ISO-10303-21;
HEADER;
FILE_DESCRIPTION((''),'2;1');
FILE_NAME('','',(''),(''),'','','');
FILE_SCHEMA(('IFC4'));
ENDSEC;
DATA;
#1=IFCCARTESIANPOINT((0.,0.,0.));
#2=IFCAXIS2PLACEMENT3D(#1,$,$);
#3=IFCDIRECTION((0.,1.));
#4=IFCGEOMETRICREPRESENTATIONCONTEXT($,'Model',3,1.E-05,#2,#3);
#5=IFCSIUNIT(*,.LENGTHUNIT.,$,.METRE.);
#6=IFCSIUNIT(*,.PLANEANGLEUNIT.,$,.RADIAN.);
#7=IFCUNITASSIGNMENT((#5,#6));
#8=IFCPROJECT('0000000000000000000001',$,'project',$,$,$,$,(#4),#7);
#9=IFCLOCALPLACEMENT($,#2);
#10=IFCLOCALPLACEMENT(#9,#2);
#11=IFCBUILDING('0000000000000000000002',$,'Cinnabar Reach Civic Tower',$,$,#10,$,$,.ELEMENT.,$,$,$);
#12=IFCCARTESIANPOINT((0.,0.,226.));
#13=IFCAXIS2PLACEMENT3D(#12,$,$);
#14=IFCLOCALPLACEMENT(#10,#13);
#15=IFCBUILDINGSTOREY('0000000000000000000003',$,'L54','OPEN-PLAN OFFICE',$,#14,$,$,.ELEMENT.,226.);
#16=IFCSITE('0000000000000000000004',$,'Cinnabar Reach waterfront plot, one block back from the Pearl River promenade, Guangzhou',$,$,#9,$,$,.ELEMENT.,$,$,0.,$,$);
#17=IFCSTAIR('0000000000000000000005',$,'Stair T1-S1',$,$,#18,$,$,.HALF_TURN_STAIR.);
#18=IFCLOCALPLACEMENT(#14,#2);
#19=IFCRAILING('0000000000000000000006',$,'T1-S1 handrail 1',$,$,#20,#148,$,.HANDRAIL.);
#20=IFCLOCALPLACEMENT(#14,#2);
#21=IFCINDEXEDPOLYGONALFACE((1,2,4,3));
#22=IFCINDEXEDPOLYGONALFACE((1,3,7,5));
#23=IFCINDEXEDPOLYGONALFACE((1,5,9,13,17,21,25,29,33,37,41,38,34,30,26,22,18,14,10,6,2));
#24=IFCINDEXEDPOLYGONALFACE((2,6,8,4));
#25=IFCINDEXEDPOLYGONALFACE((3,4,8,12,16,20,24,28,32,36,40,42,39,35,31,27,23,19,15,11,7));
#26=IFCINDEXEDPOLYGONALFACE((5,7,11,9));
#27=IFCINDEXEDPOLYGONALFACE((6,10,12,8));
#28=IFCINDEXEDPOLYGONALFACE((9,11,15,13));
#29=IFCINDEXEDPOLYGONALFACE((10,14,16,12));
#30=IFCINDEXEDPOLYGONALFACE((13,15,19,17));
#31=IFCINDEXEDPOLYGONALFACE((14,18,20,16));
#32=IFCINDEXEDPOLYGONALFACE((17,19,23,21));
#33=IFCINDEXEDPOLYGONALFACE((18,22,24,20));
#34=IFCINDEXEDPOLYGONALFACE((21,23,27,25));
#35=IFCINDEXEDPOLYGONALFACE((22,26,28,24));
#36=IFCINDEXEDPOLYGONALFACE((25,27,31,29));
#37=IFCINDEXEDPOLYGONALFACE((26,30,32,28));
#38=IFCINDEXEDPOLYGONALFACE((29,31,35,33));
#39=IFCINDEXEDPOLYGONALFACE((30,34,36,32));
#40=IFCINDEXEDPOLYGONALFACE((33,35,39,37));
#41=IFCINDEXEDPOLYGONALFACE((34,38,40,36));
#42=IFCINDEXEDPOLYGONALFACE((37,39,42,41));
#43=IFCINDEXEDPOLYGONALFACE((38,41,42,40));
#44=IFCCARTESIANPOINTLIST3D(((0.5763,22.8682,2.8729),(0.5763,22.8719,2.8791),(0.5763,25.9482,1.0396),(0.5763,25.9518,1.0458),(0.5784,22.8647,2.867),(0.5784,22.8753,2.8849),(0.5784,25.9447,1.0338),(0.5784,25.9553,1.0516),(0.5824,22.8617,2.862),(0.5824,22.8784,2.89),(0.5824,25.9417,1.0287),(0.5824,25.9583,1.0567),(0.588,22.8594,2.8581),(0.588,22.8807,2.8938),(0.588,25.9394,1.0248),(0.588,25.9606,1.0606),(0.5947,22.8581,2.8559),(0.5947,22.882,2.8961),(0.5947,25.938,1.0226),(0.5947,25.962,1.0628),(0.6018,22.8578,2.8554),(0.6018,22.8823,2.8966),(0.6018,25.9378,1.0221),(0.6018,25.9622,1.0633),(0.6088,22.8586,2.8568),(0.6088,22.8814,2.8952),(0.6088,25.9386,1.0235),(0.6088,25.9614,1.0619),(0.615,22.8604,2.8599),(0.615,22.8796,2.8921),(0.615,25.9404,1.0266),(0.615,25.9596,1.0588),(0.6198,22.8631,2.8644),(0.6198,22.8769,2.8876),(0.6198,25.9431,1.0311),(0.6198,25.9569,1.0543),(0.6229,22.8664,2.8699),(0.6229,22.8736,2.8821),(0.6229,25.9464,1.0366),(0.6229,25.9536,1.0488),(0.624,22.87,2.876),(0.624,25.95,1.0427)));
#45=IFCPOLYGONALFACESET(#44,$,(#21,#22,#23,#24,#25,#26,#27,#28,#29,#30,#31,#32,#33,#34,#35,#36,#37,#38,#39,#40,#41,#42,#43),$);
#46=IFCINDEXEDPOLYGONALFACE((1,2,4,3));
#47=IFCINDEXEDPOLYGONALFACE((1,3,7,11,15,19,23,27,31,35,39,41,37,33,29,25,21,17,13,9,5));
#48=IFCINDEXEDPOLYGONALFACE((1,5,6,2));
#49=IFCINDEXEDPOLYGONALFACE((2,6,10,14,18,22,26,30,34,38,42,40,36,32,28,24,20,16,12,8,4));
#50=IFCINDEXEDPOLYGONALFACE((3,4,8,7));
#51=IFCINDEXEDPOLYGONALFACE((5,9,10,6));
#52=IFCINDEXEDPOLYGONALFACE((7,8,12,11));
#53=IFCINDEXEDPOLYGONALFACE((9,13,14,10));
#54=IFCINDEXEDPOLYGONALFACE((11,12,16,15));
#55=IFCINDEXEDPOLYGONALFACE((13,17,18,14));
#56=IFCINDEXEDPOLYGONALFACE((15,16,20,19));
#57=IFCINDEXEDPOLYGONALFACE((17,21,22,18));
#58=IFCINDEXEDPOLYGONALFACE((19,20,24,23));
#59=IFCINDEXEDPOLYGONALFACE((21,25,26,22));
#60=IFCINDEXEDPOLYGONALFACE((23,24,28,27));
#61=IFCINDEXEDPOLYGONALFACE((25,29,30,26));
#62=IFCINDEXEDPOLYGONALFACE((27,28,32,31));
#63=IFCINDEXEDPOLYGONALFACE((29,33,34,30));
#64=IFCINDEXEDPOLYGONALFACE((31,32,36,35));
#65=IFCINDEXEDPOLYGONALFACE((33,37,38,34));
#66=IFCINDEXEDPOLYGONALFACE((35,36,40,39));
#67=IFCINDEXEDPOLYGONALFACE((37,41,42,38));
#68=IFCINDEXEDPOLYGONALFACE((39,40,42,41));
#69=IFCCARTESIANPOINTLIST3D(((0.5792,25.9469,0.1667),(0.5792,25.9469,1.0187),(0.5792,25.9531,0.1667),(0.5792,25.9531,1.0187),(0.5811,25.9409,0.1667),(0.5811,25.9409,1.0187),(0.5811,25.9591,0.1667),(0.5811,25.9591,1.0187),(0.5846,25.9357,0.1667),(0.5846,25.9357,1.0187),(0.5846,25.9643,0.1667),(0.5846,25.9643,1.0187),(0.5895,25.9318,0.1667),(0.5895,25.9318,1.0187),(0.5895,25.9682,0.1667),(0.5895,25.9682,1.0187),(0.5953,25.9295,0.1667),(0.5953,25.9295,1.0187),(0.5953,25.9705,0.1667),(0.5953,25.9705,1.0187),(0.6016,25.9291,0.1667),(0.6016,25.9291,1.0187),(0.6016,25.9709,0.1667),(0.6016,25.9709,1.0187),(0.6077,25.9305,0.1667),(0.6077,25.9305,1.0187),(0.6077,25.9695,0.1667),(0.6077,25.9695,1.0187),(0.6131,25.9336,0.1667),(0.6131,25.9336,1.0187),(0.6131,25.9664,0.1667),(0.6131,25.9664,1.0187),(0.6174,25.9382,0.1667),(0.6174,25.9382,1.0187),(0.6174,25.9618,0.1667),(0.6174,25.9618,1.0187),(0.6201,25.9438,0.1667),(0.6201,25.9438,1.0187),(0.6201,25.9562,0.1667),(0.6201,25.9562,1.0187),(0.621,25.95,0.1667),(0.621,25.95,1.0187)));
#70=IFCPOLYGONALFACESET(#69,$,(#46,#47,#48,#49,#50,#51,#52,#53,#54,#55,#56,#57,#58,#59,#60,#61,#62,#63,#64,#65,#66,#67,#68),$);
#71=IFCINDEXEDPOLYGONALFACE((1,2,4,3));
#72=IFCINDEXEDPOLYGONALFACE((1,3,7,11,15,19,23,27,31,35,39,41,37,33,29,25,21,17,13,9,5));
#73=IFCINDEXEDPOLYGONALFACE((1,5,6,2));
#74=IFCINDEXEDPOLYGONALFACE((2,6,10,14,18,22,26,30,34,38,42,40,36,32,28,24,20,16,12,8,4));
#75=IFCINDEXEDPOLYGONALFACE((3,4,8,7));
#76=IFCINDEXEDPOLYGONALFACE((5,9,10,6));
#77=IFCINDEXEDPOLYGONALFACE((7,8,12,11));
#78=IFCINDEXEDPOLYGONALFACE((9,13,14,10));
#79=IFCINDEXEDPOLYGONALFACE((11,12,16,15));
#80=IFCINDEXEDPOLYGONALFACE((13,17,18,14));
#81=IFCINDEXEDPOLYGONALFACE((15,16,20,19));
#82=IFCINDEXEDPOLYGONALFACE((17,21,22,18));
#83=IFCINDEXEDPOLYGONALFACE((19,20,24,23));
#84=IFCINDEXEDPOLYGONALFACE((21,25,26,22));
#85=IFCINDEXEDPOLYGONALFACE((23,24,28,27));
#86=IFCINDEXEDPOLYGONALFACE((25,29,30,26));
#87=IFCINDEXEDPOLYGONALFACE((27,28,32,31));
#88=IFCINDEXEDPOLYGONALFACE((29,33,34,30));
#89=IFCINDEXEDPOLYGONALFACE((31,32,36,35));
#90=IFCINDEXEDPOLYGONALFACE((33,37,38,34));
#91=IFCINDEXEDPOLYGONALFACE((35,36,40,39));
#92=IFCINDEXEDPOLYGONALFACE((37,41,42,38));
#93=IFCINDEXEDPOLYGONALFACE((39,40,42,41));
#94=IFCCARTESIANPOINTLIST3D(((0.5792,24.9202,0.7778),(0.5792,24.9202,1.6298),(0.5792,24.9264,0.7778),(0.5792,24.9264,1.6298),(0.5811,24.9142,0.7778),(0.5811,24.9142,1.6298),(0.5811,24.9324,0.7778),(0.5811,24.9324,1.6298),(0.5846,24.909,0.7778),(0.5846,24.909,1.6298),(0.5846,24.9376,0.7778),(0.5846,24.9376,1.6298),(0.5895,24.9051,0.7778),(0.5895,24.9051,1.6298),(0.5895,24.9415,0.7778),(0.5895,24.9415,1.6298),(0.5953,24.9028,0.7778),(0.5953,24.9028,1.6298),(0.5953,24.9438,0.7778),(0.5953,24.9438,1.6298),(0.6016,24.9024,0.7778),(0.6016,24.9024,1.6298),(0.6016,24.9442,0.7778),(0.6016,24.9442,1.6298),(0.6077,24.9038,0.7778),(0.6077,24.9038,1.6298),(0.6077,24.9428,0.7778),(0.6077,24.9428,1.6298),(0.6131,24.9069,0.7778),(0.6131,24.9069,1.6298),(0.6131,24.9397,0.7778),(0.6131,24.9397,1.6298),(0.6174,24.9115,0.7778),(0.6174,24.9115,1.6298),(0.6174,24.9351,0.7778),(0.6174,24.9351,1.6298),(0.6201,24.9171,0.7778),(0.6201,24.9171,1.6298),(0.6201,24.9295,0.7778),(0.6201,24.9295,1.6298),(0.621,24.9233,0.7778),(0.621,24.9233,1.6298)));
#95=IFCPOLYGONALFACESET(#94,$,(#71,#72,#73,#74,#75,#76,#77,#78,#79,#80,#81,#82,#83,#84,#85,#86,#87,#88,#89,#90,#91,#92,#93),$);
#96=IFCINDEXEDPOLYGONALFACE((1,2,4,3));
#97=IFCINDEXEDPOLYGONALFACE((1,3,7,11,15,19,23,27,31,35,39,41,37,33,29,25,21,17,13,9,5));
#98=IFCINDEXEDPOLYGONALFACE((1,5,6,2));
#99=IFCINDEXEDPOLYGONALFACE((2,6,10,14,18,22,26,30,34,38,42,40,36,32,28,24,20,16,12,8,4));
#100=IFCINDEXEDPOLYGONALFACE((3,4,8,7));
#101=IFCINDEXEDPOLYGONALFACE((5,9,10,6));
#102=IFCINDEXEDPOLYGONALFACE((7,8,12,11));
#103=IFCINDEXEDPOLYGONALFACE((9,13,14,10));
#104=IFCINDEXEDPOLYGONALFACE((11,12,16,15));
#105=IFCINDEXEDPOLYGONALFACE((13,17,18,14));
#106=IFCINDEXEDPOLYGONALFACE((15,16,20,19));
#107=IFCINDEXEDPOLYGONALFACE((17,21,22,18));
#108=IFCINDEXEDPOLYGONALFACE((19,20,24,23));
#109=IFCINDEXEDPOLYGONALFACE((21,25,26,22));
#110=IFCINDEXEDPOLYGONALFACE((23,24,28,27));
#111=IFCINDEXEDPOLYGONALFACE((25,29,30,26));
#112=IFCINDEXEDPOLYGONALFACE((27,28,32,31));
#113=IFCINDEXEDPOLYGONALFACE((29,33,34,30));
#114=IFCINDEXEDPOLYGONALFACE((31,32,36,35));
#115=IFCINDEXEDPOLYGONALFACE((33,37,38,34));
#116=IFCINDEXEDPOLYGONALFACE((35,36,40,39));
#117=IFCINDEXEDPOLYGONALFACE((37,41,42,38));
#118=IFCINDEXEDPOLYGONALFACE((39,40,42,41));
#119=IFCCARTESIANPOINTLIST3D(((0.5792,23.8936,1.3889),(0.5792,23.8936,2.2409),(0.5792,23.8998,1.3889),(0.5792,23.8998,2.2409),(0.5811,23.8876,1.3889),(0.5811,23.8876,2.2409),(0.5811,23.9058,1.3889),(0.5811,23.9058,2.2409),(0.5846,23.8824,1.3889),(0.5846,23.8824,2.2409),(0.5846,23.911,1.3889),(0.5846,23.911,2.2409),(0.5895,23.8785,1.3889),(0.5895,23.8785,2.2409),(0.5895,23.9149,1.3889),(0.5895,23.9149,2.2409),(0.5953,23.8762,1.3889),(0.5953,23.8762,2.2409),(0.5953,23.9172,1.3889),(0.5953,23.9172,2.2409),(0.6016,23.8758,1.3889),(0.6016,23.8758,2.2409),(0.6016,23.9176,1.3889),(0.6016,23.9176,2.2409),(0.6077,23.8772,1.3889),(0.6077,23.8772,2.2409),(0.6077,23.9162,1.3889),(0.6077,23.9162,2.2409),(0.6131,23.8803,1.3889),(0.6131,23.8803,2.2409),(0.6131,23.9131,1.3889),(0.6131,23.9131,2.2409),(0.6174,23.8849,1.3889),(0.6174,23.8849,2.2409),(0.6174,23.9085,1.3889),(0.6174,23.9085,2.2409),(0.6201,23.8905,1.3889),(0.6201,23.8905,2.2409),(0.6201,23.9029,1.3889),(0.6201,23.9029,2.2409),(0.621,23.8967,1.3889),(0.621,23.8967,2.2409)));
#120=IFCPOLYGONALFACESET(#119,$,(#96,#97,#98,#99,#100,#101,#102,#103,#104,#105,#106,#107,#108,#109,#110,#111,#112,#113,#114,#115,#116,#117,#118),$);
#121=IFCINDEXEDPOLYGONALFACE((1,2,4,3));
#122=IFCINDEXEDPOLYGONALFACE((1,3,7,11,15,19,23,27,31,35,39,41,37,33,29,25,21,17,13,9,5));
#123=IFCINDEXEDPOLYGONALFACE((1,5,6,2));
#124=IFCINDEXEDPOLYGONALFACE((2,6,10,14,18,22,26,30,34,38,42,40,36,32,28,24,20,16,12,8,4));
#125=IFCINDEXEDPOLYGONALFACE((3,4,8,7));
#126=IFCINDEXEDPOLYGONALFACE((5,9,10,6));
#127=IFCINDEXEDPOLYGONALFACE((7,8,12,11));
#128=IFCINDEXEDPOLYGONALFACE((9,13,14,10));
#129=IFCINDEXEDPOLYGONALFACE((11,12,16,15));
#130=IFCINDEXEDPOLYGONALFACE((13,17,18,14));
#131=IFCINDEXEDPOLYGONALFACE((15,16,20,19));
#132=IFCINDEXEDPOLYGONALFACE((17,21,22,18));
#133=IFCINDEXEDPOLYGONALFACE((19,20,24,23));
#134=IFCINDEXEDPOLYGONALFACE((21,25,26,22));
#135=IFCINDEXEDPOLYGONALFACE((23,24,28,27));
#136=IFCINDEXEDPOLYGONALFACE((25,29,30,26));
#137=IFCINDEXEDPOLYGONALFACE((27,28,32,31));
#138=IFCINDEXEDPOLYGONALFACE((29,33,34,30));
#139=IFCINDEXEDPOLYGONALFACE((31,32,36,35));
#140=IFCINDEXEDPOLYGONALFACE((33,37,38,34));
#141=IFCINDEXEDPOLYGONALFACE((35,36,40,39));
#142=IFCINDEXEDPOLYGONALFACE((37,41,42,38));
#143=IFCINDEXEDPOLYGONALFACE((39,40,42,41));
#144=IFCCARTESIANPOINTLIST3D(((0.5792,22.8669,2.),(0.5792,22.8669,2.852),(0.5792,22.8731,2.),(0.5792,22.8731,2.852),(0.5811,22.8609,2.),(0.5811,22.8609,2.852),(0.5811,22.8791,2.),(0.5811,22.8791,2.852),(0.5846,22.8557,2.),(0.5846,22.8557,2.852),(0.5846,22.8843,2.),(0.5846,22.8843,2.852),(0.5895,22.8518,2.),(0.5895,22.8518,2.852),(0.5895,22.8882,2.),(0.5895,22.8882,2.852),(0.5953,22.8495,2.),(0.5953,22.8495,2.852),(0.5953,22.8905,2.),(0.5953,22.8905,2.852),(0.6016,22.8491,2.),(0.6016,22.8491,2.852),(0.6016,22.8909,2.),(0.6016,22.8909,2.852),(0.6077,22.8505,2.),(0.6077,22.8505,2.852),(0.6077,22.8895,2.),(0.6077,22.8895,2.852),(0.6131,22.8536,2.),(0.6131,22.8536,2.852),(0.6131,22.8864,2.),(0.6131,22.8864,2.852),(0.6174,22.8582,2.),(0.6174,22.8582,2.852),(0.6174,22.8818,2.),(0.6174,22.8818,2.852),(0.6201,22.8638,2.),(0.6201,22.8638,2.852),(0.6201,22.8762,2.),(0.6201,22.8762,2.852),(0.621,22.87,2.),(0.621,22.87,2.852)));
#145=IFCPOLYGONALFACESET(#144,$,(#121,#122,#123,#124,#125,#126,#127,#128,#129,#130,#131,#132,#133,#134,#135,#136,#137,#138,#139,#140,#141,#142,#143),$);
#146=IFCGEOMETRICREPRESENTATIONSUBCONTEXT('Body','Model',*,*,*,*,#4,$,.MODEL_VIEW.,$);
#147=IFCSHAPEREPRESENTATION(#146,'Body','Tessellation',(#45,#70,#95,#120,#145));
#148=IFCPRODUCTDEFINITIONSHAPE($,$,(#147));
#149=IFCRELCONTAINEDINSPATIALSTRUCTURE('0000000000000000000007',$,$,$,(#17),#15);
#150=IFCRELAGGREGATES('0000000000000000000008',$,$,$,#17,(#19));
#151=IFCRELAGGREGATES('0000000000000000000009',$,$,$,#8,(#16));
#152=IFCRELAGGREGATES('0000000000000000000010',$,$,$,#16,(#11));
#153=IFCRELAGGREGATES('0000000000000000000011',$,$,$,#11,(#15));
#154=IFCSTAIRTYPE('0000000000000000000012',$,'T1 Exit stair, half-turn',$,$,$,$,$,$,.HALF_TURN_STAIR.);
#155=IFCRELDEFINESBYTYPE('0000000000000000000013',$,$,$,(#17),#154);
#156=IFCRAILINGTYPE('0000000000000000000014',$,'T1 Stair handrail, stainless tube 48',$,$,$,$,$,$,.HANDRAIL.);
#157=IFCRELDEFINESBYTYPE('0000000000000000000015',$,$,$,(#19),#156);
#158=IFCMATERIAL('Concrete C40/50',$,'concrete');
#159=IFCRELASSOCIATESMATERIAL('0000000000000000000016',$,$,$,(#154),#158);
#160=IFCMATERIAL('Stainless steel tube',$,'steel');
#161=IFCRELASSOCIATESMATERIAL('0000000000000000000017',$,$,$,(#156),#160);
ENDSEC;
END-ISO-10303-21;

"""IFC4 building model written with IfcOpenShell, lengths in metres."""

from ifc_helpers import new_model, si_unit, direction, frame, origin, origin_2d, place, context, subcontext, project, spatial, circle, extrude, material, type_object, element, aggregate, save


model = new_model("IFC4")

# Units and contexts
model_context = context("Model", 3, precision=1e-05, world=origin(), true_north=direction((0.0, 1.0)))
body_context = subcontext(model_context, "Body", "Model", "MODEL_VIEW")
ifc_project = project(units=[si_unit("LENGTHUNIT", "METRE"), si_unit("PLANEANGLEUNIT", "RADIAN")], contexts=[model_context])

# Site, building, storey
site_placement = place(None, origin())
site = spatial("IfcSite", under=ifc_project, at=site_placement, Name="Cinnabar Reach waterfront plot, one block back from the Pearl River promenade, Guangzhou", CompositionType="ELEMENT", RefElevation=0.0)
building_placement = place(site_placement, origin())
building = spatial("IfcBuilding", under=site, at=building_placement, Name="Cinnabar Reach Civic Tower", CompositionType="ELEMENT")
storey_placement = place(building_placement, frame((0.0, 0.0, 226.0)))
storey = spatial("IfcBuildingStorey", under=building, at=storey_placement, Name="L54", Description="OPEN-PLAN OFFICE", CompositionType="ELEMENT", Elevation=226.0)

# Shared definitions
ifc_material_1 = material(Name="Concrete C40/50", Category="concrete")

# Stair, railing
stair_type = type_object("IfcStairType", Name="T1 Exit stair, half-turn", PredefinedType="HALF_TURN_STAIR", material=ifc_material_1)
stair_placement = place(storey_placement, origin())
stair = element("IfcStair", 1, at=stair_placement, inside=storey, type_object=stair_type, Name="Stair T1-S1", PredefinedType="HALF_TURN_STAIR")
ifc_material_2 = material(Name="Stainless steel tube", Category="steel")
railing_type = type_object("IfcRailingType", Name="T1 Stair handrail, stainless tube 48", PredefinedType="HANDRAIL", material=ifc_material_2)
railing_1_placement = place(storey_placement, frame((0.6, 25.95, 0.1667)))
railing_1 = element("IfcRailing", 2, at=railing_1_placement, type_object=railing_type, Name="T1-S1 handrail 1", PredefinedType="HANDRAIL", context=body_context, shape_type="SweptSolid", body=[
    extrude(circle(Radius=0.024, at=origin_2d()), frame((0.0, 0.0, 0.876), z_axis=(0.0, -0.859297, 0.511477), x_axis=(1.0, 0.0, 0.0)), (0.0, 0.0, 1.0), 3.5843),
    extrude(circle(Radius=0.021, at=origin_2d()), origin(), (0.0, 0.0, 1.0), 0.852),
    extrude(circle(Radius=0.021, at=origin_2d()), frame((0.0, -1.0267, 0.6111)), (0.0, 0.0, 1.0), 0.852),
    extrude(circle(Radius=0.021, at=origin_2d()), frame((0.0, -2.0533, 1.2222)), (0.0, 0.0, 1.0), 0.852),
    extrude(circle(Radius=0.021, at=origin_2d()), frame((0.0, -3.08, 1.8333)), (0.0, 0.0, 1.0), 0.852),
])
aggregate(stair, [railing_1])

save(model, "model.ifc")
